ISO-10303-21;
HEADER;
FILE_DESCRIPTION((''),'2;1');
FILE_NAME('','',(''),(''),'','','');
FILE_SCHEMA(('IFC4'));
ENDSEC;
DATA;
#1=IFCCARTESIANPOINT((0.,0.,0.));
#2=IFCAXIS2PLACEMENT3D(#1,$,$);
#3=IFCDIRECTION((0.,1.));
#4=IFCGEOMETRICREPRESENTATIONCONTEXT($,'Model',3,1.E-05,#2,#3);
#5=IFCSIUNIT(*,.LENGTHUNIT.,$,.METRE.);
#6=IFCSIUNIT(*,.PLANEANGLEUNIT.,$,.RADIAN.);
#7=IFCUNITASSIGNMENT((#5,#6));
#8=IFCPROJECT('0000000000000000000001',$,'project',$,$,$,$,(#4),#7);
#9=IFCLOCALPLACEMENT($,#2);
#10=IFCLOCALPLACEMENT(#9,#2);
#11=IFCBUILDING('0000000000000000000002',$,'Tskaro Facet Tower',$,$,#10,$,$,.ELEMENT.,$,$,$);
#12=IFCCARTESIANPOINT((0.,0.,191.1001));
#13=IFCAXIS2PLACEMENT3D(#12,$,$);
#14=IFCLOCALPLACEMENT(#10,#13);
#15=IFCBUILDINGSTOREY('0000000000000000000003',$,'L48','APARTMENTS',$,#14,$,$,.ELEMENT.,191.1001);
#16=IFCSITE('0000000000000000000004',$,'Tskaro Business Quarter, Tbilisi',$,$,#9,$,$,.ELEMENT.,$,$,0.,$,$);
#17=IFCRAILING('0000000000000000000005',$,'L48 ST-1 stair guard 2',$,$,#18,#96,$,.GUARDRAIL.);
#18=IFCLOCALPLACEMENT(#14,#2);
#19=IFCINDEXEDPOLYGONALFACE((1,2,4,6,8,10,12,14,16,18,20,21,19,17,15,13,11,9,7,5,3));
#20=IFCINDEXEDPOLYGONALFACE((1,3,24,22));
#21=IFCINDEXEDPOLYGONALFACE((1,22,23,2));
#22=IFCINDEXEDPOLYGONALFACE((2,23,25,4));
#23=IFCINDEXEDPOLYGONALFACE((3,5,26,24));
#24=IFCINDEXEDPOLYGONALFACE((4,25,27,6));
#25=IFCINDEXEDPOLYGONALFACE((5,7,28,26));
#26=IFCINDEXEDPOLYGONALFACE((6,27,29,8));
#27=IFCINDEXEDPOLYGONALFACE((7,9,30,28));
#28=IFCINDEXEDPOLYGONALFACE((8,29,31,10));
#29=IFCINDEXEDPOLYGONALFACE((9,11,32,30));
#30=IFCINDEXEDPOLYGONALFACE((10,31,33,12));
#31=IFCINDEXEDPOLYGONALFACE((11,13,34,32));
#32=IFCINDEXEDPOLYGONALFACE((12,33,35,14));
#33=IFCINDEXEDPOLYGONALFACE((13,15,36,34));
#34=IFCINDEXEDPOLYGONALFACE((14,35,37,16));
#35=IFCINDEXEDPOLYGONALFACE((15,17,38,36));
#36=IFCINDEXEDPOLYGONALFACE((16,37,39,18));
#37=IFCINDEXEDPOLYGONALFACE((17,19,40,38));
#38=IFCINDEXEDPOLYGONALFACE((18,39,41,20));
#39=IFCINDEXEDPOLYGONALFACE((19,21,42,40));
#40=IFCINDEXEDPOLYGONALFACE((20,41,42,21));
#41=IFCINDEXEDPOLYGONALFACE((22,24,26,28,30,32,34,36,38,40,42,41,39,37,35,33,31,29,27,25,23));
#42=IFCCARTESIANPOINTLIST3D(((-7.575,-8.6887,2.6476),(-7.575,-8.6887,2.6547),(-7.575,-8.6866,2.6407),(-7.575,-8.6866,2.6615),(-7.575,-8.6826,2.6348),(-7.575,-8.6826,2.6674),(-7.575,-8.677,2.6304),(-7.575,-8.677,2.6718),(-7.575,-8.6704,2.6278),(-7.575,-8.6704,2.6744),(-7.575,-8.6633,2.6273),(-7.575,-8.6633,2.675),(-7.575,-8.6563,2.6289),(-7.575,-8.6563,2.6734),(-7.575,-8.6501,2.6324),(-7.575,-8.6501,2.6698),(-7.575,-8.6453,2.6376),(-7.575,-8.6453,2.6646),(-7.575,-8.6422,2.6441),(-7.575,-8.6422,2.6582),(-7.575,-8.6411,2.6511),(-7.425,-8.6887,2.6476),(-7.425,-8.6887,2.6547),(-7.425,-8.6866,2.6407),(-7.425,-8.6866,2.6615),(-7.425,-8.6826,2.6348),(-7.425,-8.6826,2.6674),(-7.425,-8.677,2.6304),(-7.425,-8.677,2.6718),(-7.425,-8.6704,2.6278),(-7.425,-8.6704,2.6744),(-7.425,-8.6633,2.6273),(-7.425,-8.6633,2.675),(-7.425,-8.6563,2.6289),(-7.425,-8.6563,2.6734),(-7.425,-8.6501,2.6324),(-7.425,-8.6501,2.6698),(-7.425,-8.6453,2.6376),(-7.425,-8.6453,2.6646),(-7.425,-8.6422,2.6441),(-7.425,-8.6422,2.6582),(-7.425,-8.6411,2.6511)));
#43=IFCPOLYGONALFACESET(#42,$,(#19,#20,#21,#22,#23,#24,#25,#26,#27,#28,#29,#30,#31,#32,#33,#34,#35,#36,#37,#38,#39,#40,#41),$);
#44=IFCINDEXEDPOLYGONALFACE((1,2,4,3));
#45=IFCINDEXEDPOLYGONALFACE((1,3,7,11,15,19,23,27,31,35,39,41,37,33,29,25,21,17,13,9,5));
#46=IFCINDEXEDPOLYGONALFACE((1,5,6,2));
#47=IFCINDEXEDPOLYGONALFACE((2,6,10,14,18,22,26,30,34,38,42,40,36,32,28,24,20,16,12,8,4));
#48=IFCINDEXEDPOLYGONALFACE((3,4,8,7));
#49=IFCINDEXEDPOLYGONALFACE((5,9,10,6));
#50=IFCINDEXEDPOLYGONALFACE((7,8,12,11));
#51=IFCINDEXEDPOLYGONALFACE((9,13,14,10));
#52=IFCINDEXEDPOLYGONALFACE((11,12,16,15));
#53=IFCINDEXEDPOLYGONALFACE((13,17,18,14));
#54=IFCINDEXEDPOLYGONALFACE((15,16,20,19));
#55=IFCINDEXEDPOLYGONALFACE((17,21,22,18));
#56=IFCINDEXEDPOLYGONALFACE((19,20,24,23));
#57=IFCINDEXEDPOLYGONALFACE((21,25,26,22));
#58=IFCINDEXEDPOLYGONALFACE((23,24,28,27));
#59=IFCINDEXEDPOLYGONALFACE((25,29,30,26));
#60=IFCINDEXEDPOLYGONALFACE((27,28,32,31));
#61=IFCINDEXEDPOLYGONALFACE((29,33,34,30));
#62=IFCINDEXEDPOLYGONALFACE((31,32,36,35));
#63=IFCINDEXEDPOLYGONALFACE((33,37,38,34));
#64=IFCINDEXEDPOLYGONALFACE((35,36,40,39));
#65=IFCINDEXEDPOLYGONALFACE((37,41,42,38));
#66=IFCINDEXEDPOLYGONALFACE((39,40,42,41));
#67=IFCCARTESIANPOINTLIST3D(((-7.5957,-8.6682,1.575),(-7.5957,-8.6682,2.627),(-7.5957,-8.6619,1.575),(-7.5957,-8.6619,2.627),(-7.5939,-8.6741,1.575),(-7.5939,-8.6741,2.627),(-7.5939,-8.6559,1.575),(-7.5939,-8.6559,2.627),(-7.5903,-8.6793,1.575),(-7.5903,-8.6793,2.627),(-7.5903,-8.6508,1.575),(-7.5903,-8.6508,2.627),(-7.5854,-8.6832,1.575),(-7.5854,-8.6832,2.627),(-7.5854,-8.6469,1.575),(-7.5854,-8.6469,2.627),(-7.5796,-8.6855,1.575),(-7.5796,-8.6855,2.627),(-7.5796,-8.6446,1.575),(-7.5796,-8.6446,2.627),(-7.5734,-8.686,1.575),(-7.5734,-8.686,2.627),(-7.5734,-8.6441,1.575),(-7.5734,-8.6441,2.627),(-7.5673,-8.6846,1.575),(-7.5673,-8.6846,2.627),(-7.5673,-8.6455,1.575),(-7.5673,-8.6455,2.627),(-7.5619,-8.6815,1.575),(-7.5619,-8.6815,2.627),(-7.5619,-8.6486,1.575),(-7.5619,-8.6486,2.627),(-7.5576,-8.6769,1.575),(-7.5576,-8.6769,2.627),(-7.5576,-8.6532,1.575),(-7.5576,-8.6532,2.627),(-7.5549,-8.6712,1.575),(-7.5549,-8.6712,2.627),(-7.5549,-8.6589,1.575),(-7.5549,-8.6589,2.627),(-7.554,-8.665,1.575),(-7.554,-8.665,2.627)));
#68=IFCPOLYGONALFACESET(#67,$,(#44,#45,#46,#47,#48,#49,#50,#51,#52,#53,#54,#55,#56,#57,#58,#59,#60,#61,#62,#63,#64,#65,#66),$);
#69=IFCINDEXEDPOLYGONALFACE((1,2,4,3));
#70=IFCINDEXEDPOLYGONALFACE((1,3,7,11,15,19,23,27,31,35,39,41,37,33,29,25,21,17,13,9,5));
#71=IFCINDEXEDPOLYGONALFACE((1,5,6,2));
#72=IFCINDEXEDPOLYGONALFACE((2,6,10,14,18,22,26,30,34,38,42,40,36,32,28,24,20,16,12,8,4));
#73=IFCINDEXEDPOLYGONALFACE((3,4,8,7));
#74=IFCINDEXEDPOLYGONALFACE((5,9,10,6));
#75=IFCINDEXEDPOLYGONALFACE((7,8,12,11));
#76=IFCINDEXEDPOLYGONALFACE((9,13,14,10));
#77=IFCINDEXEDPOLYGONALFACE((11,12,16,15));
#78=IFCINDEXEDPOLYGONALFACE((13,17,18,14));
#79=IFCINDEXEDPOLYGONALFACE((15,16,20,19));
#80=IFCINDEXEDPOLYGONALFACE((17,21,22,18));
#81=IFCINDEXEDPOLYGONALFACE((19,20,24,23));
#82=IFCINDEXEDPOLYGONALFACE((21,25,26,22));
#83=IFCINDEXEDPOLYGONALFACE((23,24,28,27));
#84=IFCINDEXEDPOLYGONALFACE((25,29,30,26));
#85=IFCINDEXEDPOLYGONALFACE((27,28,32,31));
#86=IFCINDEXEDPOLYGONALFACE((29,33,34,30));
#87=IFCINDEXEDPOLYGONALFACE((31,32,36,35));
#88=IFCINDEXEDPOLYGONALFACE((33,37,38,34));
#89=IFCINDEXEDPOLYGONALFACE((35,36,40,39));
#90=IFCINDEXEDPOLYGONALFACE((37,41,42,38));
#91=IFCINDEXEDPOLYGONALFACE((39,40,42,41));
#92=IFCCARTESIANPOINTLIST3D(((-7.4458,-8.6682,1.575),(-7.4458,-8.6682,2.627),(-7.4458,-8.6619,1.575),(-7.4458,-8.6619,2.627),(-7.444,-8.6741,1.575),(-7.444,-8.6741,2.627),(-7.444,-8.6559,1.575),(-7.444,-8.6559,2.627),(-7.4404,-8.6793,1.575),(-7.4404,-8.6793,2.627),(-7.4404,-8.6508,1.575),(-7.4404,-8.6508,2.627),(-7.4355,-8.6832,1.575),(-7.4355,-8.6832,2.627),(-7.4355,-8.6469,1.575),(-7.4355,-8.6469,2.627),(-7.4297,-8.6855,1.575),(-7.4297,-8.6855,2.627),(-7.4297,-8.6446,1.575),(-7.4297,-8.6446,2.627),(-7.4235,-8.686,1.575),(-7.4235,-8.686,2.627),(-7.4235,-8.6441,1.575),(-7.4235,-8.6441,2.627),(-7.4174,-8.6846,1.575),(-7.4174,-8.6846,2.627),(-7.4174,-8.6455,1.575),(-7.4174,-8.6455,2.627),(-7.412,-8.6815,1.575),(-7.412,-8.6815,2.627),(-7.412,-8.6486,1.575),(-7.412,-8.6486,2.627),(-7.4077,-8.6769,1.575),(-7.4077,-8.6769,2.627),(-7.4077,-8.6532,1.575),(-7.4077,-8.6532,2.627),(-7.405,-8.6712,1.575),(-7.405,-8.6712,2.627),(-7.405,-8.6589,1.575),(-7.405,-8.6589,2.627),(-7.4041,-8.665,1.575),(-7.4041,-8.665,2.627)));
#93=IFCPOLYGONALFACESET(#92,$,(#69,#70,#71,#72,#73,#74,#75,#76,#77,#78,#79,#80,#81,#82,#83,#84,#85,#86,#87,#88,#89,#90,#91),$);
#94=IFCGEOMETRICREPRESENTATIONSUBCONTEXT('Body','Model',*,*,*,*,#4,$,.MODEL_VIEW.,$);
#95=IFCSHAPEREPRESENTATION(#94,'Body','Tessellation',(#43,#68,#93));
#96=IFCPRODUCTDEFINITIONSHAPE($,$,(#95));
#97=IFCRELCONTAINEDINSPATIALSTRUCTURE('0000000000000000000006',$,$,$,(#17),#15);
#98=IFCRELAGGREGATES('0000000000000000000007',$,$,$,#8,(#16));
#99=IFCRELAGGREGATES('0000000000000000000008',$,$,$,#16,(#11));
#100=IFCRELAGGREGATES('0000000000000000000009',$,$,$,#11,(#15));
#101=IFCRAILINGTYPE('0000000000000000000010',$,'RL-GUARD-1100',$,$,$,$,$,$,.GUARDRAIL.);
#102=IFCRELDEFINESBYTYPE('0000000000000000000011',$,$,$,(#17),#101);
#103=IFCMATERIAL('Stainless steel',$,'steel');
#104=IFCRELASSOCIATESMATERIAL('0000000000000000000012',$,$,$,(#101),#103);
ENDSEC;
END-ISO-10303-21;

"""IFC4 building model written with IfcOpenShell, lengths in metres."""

from ifc_helpers import new_model, si_unit, direction, frame, origin, origin_2d, place, context, subcontext, project, spatial, circle, extrude, material, type_object, element, save


model = new_model("IFC4")

# Units and contexts
model_context = context("Model", 3, precision=1e-05, world=origin(), true_north=direction((0.0, 1.0)))
body_context = subcontext(model_context, "Body", "Model", "MODEL_VIEW")
ifc_project = project(units=[si_unit("LENGTHUNIT", "METRE"), si_unit("PLANEANGLEUNIT", "RADIAN")], contexts=[model_context])

# Site, building, storey
site_placement = place(None, origin())
site = spatial("IfcSite", under=ifc_project, at=site_placement, Name="Tskaro Business Quarter, Tbilisi", CompositionType="ELEMENT", RefElevation=0.0)
building_placement = place(site_placement, origin())
building = spatial("IfcBuilding", under=site, at=building_placement, Name="Tskaro Facet Tower", CompositionType="ELEMENT")
storey_placement = place(building_placement, frame((0.0, 0.0, 191.1001)))
storey = spatial("IfcBuildingStorey", under=building, at=storey_placement, Name="L48", Description="APARTMENTS", CompositionType="ELEMENT", Elevation=191.1001)

# Shared definitions
ifc_material_1 = material(Name="Stainless steel", Category="steel")

# Railing
railing_type_1 = type_object("IfcRailingType", Name="RL-GUARD-1100", PredefinedType="GUARDRAIL", material=ifc_material_1)
railing_1_placement = place(storey_placement, frame((-7.575, -8.665, 1.575)))
element("IfcRailing", 1, at=railing_1_placement, inside=storey, type_object=railing_type_1, Name="L48 ST-1 stair guard 2", PredefinedType="GUARDRAIL", context=body_context, shape_type="SweptSolid", body=[
    extrude(circle(Radius=0.0239, at=origin_2d()), frame((0.0, 0.0, 1.0762), z_axis=(1.0, 0.0, 0.0), x_axis=(0.0, 1.0, 0.0)), (0.0, 0.0, 1.0), 0.1499),
    extrude(circle(Radius=0.021, at=origin_2d()), origin(), (0.0, 0.0, 1.0), 1.052),
    extrude(circle(Radius=0.021, at=origin_2d()), frame((0.1499, 0.0, 0.0)), (0.0, 0.0, 1.0), 1.052),
])

save(model, "model.ifc")
